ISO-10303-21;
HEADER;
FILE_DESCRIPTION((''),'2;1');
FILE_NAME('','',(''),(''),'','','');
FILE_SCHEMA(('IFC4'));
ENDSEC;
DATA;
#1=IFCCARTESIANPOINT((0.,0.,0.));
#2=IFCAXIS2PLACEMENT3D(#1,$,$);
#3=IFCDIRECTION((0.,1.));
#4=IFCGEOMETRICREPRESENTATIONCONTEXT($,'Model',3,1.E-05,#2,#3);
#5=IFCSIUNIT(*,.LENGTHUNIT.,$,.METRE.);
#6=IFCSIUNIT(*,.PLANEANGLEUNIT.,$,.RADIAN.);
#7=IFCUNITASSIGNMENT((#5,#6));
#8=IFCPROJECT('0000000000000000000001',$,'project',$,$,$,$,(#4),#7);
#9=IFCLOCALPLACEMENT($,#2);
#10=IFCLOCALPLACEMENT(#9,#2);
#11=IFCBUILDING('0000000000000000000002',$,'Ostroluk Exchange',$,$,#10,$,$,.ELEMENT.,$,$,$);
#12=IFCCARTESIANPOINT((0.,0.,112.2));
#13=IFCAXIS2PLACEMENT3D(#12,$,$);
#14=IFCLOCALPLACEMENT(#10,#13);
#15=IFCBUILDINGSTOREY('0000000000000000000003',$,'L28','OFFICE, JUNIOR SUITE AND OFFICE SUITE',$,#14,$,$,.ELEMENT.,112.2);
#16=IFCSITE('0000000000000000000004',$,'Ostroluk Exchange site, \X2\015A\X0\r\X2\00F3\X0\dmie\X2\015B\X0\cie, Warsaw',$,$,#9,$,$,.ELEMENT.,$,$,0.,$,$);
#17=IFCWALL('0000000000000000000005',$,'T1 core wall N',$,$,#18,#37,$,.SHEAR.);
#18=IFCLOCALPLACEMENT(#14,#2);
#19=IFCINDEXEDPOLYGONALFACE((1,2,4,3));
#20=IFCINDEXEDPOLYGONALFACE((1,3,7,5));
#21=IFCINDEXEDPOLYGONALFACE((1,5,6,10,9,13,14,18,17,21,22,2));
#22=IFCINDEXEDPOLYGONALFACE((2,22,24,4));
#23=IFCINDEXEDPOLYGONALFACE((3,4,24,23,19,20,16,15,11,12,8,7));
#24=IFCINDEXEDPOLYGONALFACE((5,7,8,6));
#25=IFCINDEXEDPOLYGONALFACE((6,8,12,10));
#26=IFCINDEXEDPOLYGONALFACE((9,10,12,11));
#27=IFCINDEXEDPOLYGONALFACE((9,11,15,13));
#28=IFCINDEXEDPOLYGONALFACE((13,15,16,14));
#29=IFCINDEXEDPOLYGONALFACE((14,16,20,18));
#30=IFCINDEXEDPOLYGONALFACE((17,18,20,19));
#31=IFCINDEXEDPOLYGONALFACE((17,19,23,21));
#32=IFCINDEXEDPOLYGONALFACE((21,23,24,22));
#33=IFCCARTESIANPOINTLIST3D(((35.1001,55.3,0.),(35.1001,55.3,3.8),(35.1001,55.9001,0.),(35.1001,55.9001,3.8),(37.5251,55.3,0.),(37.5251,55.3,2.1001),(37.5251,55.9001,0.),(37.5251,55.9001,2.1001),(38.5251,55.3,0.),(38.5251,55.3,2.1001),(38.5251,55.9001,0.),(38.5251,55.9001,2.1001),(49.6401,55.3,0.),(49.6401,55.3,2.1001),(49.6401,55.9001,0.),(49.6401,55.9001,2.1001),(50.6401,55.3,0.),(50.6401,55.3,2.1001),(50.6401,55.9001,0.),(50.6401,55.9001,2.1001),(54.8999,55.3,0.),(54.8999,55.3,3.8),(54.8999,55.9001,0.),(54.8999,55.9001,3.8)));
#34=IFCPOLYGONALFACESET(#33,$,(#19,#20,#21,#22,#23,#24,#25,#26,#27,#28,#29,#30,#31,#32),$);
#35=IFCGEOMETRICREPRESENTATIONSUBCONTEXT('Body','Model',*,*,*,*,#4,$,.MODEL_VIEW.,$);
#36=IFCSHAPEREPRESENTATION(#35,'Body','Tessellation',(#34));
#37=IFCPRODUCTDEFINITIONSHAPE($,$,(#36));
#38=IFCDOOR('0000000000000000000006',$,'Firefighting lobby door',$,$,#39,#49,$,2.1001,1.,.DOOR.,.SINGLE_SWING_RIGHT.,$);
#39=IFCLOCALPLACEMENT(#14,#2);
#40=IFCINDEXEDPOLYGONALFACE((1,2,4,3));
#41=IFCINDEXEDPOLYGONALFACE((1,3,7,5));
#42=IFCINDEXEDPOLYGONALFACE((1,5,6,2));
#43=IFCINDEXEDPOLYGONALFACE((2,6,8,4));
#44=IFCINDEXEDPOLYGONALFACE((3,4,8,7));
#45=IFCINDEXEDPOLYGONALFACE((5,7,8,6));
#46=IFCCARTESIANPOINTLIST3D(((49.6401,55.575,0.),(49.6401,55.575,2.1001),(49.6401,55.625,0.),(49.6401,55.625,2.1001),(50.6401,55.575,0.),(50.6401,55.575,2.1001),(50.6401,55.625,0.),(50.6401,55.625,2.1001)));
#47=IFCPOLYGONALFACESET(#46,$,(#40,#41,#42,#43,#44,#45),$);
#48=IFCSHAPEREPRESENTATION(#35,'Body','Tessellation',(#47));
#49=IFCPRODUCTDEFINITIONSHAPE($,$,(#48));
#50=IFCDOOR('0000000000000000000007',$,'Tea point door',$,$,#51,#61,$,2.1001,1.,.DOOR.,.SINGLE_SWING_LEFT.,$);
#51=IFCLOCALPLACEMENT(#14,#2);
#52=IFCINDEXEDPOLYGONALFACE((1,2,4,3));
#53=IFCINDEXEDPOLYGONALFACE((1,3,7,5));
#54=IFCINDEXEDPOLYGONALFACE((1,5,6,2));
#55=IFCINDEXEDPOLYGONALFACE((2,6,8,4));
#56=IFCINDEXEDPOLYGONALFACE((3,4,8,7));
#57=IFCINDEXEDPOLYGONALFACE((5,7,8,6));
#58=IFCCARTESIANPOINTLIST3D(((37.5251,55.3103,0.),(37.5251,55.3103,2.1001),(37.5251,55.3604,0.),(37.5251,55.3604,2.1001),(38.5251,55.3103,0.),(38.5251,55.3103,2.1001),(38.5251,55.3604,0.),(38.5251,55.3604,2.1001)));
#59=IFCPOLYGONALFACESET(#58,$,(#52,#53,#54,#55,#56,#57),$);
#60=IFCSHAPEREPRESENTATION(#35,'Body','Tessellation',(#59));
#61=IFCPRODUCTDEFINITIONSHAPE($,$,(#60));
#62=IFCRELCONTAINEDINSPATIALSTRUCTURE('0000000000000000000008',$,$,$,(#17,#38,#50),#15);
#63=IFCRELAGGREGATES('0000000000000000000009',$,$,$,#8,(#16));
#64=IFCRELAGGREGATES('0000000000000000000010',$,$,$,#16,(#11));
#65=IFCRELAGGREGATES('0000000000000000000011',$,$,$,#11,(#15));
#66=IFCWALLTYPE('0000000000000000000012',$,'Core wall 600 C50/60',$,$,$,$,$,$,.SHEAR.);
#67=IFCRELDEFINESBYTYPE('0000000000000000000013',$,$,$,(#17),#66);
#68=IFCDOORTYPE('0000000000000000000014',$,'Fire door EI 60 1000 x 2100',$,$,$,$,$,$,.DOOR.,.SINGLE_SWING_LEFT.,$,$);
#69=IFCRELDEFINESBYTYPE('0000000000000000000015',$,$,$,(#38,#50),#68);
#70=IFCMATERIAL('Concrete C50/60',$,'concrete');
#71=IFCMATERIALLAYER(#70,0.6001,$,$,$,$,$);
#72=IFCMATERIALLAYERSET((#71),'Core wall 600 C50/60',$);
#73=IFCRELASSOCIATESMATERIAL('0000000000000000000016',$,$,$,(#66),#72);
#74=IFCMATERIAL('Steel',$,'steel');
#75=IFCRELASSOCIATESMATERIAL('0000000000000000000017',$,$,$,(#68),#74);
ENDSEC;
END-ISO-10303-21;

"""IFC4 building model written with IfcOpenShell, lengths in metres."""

from ifc_helpers import new_model, si_unit, direction, frame, frame_2d, origin, place, context, subcontext, project, spatial, rectangle, extrude, material, layer, layer_set, type_object, element, fill, save


model = new_model("IFC4")

# Units and contexts
model_context = context("Model", 3, precision=1e-05, world=origin(), true_north=direction((0.0, 1.0)))
body_context = subcontext(model_context, "Body", "Model", "MODEL_VIEW")
ifc_project = project(units=[si_unit("LENGTHUNIT", "METRE"), si_unit("PLANEANGLEUNIT", "RADIAN")], contexts=[model_context])

# Site, building, storey
site_placement = place(None, origin())
site = spatial("IfcSite", under=ifc_project, at=site_placement, Name="Ostroluk Exchange site, Śródmieście, Warsaw", CompositionType="ELEMENT", RefElevation=0.0)
building_placement = place(site_placement, origin())
building = spatial("IfcBuilding", under=site, at=building_placement, Name="Ostroluk Exchange", CompositionType="ELEMENT")
storey_placement = place(building_placement, frame((0.0, 0.0, 112.2)))
storey = spatial("IfcBuildingStorey", under=building, at=storey_placement, Name="L28", Description="OFFICE, JUNIOR SUITE AND OFFICE SUITE", CompositionType="ELEMENT", Elevation=112.2)

# Wall, openings, doors
ifc_material_1 = material(Name="Concrete C50/60", Category="concrete")
ifc_layer_1 = layer(ifc_material_1, 0.6001)
ifc_layer_set_1 = layer_set([ifc_layer_1], Name="Core wall 600 C50/60")
wall_type_1 = type_object("IfcWallType", Name="Core wall 600 C50/60", PredefinedType="SHEAR", material=ifc_layer_set_1)
wall_1_placement = place(storey_placement, frame((35.1001, 55.6001, 0.0), z_axis=(0.0, 0.0, 1.0), x_axis=(1.0, 0.0, 0.0)))
wall_1 = element("IfcWall", 1, at=wall_1_placement, inside=storey, type_object=wall_type_1, Name="T1 core wall N", PredefinedType="SHEAR", context=body_context, shape_type="SweptSolid", body=[
    extrude(rectangle(XDim=19.7998, YDim=0.6001, at=frame_2d((9.8999, 0.0))), origin(), (0.0, 0.0, 1.0), 3.8),
])
opening_1_placement = place(wall_1_placement, frame((14.54, 0.0, 0.0)))
opening_1 = element("IfcOpeningElement", 2, at=opening_1_placement, cuts=wall_1, PredefinedType="OPENING", context=body_context, shape_type="SweptSolid", body=[
    extrude(rectangle(XDim=1.0, YDim=2.1001, at=frame_2d((0.5, 1.05))), frame((0.0, 0.3101, 0.0), z_axis=(0.0, -1.0, 0.0), x_axis=(1.0, 0.0, 0.0)), (0.0, 0.0, 1.0), 0.6201),
])
opening_2_placement = place(wall_1_placement, frame((2.425, 0.0, 0.0)))
opening_2 = element("IfcOpeningElement", 3, at=opening_2_placement, cuts=wall_1, PredefinedType="OPENING", context=body_context, shape_type="SweptSolid", body=[
    extrude(rectangle(XDim=1.0, YDim=2.1001, at=frame_2d((0.5, 1.05))), frame((0.0, 0.3101, 0.0), z_axis=(0.0, -1.0, 0.0), x_axis=(1.0, 0.0, 0.0)), (0.0, 0.0, 1.0), 0.6201),
])
ifc_material_2 = material(Name="Steel", Category="steel")
door_type = type_object("IfcDoorType", Name="Fire door EI 60 1000 x 2100", OperationType="SINGLE_SWING_LEFT", PredefinedType="DOOR", material=ifc_material_2)
door_1_placement = place(opening_1_placement, origin())
door_1 = element("IfcDoor", 4, at=door_1_placement, inside=storey, type_object=door_type, Name="Firefighting lobby door", OperationType="SINGLE_SWING_RIGHT", OverallHeight=2.1001, OverallWidth=1.0, PredefinedType="DOOR", context=body_context, shape_type="SweptSolid", body=[
    extrude(rectangle(XDim=1.0, YDim=2.1001, at=frame_2d((0.5, 1.05))), frame((0.0, 0.0249, 0.0), z_axis=(0.0, -1.0, 0.0), x_axis=(1.0, 0.0, 0.0)), (0.0, 0.0, 1.0), 0.05),
])
fill(opening_1, door_1)
door_2_placement = place(opening_2_placement, origin())
door_2 = element("IfcDoor", 5, at=door_2_placement, inside=storey, type_object=door_type, Name="Tea point door", OperationType="SINGLE_SWING_LEFT", OverallHeight=2.1001, OverallWidth=1.0, PredefinedType="DOOR", context=body_context, shape_type="SweptSolid", body=[
    extrude(rectangle(XDim=1.0, YDim=2.1001, at=frame_2d((0.5, 1.05))), frame((0.0, -0.2397, 0.0), z_axis=(0.0, -1.0, 0.0), x_axis=(1.0, 0.0, 0.0)), (0.0, 0.0, 1.0), 0.05),
])
fill(opening_2, door_2)

save(model, "model.ifc")
